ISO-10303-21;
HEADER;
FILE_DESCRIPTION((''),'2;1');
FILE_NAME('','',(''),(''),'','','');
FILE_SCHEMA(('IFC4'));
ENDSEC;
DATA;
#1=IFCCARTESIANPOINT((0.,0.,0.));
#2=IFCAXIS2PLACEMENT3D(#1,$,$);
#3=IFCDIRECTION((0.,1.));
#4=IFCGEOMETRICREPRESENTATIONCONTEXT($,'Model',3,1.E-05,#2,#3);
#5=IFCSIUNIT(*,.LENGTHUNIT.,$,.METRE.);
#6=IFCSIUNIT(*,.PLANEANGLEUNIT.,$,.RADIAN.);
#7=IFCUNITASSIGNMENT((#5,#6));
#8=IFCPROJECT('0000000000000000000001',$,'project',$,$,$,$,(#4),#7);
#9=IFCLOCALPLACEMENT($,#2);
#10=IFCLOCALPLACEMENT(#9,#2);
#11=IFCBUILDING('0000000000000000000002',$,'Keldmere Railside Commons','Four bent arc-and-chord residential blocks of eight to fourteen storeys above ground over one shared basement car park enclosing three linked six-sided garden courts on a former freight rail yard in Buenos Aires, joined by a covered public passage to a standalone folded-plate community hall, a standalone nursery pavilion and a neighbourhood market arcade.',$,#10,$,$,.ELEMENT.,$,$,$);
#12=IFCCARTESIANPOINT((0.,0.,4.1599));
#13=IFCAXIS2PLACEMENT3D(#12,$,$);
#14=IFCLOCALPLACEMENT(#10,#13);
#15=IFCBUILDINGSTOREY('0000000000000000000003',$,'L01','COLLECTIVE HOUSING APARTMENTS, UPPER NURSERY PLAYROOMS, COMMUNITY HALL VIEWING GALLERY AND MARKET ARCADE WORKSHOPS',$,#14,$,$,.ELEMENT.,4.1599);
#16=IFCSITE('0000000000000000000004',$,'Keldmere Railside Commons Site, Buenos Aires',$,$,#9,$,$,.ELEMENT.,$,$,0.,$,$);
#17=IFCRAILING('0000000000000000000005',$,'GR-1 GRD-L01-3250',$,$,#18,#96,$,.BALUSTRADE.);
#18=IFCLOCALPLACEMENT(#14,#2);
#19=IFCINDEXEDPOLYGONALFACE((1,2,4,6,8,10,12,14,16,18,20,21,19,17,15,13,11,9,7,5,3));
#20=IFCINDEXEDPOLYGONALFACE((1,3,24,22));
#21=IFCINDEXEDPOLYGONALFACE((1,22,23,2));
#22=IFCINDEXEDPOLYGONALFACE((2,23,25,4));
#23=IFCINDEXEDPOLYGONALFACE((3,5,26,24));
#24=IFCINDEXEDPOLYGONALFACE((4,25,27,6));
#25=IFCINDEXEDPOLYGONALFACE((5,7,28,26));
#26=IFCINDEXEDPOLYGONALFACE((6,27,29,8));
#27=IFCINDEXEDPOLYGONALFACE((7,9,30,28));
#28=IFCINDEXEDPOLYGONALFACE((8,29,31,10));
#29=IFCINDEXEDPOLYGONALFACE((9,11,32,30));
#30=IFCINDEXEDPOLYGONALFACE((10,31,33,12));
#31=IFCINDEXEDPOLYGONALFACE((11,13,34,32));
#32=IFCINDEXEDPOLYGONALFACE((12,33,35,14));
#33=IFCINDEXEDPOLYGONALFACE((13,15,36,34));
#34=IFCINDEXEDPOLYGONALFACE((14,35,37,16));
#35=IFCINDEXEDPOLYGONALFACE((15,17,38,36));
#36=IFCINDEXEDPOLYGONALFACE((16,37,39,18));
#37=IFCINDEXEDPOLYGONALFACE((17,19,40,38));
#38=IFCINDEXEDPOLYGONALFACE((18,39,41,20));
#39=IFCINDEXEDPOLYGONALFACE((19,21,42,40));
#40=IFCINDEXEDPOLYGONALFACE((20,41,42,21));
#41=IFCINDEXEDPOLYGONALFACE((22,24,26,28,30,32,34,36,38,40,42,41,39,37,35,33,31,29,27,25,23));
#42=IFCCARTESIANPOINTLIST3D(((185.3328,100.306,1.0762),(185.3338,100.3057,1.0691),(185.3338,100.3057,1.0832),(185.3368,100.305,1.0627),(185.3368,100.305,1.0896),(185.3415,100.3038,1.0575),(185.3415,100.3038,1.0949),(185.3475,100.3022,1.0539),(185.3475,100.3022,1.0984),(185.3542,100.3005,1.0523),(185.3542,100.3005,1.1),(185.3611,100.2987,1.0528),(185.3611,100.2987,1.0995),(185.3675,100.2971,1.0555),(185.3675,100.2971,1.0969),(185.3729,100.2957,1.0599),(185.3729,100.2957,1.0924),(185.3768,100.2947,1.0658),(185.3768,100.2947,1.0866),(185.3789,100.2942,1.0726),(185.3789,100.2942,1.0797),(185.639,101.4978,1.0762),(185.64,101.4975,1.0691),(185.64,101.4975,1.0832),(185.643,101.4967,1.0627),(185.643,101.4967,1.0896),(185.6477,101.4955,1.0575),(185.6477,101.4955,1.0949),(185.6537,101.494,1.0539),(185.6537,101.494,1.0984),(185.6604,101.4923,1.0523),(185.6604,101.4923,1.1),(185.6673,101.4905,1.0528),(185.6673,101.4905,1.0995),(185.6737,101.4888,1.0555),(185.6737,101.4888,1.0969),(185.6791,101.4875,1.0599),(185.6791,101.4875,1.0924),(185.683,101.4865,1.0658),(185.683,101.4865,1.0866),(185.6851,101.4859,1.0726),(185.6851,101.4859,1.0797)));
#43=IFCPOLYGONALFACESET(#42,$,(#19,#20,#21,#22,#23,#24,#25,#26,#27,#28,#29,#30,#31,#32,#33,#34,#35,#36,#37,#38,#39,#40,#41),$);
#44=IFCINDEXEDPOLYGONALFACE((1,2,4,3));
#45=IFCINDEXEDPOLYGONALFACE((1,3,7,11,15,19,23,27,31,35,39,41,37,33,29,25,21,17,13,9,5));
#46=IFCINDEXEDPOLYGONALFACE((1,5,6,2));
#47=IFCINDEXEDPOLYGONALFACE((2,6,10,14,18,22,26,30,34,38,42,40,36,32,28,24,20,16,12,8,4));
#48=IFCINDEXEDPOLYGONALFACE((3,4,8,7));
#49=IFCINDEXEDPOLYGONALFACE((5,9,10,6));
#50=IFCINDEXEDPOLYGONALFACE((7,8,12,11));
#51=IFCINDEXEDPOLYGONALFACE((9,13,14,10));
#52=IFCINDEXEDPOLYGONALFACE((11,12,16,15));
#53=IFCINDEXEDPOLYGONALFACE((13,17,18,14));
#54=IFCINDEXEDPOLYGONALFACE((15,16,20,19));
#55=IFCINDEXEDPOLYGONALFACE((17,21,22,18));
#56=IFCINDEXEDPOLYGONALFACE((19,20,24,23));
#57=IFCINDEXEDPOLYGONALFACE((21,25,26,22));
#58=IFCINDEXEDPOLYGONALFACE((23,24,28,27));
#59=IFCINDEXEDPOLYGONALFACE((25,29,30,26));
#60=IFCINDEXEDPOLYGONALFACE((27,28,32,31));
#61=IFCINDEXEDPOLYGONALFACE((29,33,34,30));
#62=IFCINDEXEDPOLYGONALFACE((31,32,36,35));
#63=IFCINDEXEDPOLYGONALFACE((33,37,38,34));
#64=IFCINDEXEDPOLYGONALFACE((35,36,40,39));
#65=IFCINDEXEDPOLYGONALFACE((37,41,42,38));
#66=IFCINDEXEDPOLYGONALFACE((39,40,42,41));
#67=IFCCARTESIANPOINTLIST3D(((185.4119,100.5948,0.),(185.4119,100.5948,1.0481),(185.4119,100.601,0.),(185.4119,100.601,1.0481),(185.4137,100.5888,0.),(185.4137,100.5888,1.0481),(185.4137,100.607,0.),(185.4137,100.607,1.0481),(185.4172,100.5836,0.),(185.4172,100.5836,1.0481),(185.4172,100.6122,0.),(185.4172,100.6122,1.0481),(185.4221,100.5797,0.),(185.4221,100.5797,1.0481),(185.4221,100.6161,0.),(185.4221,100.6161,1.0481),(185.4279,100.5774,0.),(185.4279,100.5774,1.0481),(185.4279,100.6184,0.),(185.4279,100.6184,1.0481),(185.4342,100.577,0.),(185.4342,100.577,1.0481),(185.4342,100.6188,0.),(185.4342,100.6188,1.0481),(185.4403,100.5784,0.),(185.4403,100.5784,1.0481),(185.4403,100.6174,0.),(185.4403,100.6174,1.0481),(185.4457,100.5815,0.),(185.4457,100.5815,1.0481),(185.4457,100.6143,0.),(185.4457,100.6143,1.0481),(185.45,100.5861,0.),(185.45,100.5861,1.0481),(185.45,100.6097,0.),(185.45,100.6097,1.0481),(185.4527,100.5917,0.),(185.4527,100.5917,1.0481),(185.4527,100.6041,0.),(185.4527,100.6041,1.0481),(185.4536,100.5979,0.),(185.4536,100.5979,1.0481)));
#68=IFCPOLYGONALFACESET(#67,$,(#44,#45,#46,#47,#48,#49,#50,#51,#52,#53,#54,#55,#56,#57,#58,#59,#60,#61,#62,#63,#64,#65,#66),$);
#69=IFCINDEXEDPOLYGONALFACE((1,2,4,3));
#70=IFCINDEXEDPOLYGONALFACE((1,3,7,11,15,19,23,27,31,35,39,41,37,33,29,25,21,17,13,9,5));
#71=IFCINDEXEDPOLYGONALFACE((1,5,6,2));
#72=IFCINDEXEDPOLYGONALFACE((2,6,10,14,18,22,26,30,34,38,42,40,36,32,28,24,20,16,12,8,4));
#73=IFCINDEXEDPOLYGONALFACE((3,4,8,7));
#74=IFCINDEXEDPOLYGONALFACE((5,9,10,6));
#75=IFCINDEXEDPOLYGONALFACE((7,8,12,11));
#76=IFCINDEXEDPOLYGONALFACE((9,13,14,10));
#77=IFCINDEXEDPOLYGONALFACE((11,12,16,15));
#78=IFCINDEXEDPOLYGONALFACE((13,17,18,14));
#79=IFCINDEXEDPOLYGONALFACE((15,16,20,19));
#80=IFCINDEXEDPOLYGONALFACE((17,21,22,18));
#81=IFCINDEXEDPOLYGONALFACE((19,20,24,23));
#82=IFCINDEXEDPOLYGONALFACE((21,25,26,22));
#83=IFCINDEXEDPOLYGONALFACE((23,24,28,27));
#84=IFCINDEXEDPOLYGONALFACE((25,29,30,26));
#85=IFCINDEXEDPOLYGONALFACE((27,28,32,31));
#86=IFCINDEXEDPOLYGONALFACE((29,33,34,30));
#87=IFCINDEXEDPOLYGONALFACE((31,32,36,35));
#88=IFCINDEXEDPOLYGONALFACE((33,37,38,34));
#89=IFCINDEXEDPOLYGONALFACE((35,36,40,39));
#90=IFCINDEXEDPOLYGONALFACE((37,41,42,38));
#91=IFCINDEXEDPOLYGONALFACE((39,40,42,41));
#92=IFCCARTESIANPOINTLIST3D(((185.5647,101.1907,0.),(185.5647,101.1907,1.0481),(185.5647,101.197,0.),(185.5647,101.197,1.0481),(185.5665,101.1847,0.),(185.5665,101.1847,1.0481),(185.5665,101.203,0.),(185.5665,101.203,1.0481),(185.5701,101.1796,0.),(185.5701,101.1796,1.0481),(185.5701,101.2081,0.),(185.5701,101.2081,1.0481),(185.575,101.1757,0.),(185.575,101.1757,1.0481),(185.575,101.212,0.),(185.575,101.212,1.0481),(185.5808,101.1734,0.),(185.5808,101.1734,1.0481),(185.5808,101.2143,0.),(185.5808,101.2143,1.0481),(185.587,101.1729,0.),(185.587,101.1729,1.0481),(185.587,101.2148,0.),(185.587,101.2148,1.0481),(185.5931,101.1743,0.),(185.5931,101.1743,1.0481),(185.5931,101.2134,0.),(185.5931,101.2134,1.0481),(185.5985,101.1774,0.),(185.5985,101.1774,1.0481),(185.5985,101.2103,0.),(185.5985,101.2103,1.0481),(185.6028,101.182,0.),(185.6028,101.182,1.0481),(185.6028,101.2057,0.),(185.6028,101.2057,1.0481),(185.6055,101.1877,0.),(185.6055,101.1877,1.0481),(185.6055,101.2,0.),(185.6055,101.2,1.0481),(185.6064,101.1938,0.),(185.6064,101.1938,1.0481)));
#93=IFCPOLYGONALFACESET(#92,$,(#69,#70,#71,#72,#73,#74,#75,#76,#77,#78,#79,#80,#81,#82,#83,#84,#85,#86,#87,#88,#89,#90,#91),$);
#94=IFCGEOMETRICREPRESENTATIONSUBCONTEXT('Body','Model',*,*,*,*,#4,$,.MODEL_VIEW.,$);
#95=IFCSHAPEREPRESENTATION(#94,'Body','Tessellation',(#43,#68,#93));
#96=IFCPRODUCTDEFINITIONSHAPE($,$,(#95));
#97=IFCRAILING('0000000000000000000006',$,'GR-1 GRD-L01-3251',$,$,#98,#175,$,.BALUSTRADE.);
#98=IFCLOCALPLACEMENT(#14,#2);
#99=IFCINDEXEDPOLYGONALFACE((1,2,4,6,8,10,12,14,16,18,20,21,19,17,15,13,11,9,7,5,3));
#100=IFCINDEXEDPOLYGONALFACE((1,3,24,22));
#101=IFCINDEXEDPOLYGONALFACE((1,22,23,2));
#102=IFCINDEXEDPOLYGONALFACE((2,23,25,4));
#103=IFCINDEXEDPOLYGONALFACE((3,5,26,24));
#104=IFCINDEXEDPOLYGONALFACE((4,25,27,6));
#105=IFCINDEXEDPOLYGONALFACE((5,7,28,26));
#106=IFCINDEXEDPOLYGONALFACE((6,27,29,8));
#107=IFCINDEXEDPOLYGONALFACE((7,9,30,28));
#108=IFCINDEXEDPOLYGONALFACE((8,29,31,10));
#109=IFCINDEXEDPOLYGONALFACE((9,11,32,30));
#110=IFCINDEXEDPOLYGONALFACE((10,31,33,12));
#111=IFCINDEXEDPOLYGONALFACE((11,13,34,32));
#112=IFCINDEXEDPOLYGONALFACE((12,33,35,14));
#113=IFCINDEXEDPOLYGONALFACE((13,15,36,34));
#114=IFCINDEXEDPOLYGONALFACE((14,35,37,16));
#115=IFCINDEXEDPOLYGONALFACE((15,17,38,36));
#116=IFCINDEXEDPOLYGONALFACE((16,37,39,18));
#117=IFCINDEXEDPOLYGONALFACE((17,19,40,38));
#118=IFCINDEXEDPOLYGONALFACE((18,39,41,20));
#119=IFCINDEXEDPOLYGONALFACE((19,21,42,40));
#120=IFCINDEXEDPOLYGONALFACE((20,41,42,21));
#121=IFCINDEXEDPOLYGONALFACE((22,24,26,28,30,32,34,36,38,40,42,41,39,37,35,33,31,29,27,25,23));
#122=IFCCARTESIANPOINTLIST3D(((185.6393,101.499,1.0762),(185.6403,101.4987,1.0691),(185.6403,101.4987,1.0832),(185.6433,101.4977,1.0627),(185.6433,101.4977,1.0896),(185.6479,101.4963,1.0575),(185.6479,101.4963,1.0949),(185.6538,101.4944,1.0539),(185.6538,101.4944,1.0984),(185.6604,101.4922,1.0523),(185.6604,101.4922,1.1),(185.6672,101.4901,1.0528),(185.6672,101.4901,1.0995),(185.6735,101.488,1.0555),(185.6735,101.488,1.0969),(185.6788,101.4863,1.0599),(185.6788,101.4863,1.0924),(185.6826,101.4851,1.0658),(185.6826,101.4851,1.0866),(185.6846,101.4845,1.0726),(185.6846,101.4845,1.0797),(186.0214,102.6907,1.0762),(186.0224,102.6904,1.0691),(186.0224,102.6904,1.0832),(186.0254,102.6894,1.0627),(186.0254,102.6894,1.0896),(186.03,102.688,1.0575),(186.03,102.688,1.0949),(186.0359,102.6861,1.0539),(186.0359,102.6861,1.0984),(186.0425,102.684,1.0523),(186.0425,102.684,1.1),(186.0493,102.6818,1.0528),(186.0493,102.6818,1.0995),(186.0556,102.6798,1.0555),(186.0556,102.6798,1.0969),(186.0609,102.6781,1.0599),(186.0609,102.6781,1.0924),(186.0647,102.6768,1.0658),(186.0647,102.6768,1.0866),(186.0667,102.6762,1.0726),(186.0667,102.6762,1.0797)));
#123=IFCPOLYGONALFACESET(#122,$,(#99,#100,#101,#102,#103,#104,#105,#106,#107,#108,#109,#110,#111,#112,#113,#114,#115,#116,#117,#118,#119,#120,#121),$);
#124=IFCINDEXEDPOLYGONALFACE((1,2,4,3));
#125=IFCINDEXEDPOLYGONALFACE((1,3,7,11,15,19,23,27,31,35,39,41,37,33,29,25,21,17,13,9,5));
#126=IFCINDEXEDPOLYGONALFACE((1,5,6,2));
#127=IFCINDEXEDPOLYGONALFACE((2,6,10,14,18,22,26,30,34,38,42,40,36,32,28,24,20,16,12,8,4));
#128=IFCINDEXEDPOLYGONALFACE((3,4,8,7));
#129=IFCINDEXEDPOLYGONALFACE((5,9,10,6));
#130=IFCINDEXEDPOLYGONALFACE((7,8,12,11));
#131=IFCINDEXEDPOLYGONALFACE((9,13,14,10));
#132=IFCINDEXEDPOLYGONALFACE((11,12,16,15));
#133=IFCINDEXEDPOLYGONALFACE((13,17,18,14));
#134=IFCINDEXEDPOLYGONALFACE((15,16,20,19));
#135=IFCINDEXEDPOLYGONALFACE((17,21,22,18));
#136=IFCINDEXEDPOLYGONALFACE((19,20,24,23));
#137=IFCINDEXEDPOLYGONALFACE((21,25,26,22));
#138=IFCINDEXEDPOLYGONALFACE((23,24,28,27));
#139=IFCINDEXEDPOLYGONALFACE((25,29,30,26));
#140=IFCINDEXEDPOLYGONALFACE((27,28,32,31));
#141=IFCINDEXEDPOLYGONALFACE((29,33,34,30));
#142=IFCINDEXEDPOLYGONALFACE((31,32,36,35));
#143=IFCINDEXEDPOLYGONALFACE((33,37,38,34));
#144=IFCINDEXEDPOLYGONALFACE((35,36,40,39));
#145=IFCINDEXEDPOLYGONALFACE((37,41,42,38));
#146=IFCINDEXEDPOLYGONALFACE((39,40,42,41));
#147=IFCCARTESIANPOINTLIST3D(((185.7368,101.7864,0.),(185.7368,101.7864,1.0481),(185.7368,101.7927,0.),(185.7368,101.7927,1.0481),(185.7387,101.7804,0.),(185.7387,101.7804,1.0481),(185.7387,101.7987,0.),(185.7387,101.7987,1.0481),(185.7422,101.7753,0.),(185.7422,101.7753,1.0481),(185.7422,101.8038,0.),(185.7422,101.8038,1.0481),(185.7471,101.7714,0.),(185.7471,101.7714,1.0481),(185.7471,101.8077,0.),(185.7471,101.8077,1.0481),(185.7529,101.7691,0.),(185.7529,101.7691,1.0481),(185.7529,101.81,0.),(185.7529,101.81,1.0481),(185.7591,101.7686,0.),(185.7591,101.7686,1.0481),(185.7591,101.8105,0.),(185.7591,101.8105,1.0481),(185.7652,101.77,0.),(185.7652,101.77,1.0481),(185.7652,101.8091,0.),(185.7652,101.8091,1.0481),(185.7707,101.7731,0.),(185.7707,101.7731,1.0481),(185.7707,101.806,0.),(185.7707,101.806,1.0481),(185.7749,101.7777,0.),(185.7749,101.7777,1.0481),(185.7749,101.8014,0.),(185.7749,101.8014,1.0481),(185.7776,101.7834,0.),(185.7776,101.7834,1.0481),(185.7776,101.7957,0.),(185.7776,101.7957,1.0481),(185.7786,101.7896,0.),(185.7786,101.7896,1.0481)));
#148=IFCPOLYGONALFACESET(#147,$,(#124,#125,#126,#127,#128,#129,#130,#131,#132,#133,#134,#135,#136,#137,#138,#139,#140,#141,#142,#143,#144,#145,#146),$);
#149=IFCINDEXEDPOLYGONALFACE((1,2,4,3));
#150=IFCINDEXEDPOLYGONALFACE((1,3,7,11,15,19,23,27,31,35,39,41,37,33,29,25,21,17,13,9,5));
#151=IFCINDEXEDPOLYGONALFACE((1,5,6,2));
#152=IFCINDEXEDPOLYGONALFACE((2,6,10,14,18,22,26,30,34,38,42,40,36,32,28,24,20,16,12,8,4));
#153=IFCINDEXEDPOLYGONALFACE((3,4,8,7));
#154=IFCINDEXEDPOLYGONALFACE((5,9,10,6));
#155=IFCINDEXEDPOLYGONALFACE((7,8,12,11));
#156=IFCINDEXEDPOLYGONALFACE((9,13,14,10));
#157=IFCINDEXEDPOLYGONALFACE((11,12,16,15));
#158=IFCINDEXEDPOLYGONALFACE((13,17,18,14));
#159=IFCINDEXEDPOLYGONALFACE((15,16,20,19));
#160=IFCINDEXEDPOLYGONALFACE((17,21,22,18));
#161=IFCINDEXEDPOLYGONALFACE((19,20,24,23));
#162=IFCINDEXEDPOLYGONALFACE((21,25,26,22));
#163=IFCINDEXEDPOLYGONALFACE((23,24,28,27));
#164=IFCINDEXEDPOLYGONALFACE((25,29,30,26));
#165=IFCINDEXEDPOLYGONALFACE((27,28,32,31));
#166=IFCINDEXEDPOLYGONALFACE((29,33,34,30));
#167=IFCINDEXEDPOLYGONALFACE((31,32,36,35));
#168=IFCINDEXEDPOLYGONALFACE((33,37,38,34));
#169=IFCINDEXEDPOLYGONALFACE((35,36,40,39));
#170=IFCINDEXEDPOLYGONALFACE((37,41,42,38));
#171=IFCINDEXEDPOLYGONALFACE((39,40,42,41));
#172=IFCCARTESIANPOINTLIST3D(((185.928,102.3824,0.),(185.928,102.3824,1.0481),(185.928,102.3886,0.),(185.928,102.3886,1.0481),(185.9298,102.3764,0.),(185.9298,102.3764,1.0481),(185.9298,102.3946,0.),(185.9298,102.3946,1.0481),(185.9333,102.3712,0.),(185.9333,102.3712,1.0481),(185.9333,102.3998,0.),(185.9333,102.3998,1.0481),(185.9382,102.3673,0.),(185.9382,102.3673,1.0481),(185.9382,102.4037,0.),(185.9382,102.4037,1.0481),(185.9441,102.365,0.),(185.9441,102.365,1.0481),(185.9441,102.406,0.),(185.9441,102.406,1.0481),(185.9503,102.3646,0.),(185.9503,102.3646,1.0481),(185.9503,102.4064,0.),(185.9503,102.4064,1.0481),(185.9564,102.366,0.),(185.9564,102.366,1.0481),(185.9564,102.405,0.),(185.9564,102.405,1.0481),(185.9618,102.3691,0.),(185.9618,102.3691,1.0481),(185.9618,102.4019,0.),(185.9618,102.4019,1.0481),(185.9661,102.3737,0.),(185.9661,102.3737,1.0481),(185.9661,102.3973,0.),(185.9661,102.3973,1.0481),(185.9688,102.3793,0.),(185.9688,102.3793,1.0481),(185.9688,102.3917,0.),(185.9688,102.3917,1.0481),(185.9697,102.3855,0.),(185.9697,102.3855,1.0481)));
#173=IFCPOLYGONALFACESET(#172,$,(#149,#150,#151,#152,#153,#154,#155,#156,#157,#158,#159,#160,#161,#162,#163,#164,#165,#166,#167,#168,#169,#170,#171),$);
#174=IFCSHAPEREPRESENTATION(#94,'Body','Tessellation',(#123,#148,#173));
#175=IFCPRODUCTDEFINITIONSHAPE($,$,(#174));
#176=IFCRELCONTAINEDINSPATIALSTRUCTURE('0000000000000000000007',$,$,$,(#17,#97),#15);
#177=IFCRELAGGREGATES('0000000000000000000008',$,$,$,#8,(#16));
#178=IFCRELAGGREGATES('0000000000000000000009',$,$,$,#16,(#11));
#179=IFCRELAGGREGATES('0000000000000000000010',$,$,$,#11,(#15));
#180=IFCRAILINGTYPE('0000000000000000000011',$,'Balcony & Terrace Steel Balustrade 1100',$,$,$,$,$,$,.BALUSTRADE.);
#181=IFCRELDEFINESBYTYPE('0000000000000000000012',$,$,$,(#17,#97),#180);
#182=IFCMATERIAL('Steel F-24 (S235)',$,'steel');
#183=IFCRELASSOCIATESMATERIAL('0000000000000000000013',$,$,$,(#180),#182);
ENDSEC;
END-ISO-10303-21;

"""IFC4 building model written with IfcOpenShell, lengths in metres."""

from ifc_helpers import new_model, si_unit, direction, frame, origin, origin_2d, place, context, subcontext, project, spatial, circle, extrude, material, type_object, element, save


model = new_model("IFC4")

# Units and contexts
model_context = context("Model", 3, precision=1e-05, world=origin(), true_north=direction((0.0, 1.0)))
body_context = subcontext(model_context, "Body", "Model", "MODEL_VIEW")
ifc_project = project(units=[si_unit("LENGTHUNIT", "METRE"), si_unit("PLANEANGLEUNIT", "RADIAN")], contexts=[model_context])

# Site, building, storey
site_placement = place(None, origin())
site = spatial("IfcSite", under=ifc_project, at=site_placement, Name="Keldmere Railside Commons Site, Buenos Aires", CompositionType="ELEMENT", RefElevation=0.0)
building_placement = place(site_placement, origin())
building = spatial("IfcBuilding", under=site, at=building_placement, Name="Keldmere Railside Commons", Description="Four bent arc-and-chord residential blocks of eight to fourteen storeys above ground over one shared basement car park enclosing three linked six-sided garden courts on a former freight rail yard in Buenos Aires, joined by a covered public passage to a standalone folded-plate community hall, a standalone nursery pavilion and a neighbourhood market arcade.", CompositionType="ELEMENT")
storey_placement = place(building_placement, frame((0.0, 0.0, 4.1599)))
storey = spatial("IfcBuildingStorey", under=building, at=storey_placement, Name="L01", Description="COLLECTIVE HOUSING APARTMENTS, UPPER NURSERY PLAYROOMS, COMMUNITY HALL VIEWING GALLERY AND MARKET ARCADE WORKSHOPS", CompositionType="ELEMENT", Elevation=4.1599)

# Railings
ifc_material_1 = material(Name="Steel F-24 (S235)", Category="steel")
railing_type = type_object("IfcRailingType", Name="Balcony & Terrace Steel Balustrade 1100", PredefinedType="BALUSTRADE", material=ifc_material_1)
railing_1_placement = place(storey_placement, frame((185.356, 100.3, 0.0)))
element("IfcRailing", 1, at=railing_1_placement, inside=storey, type_object=railing_type, Name="GR-1 GRD-L01-3250", PredefinedType="BALUSTRADE", context=body_context, shape_type="SweptSolid", body=[
    extrude(circle(Radius=0.0239, at=origin_2d()), frame((0.0, 0.0, 1.0762), z_axis=(0.248834, 0.968546, 0.0), x_axis=(-0.968546, 0.248834, 0.0)), (0.0, 0.0, 1.0), 1.2305),
    extrude(circle(Radius=0.021, at=origin_2d()), frame((0.0767, 0.2979, 0.0)), (0.0, 0.0, 1.0), 1.0481),
    extrude(circle(Radius=0.021, at=origin_2d()), frame((0.2295, 0.8938, 0.0)), (0.0, 0.0, 1.0), 1.0481),
])
railing_2_placement = place(storey_placement, frame((185.6621, 101.4917, 0.0)))
element("IfcRailing", 2, at=railing_2_placement, inside=storey, type_object=railing_type, Name="GR-1 GRD-L01-3251", PredefinedType="BALUSTRADE", context=body_context, shape_type="SweptSolid", body=[
    extrude(circle(Radius=0.0239, at=origin_2d()), frame((0.0, 0.0, 1.0762), z_axis=(0.305321, 0.95225, 0.0), x_axis=(-0.95225, 0.305321, 0.0)), (0.0, 0.0, 1.0), 1.2515),
    extrude(circle(Radius=0.021, at=origin_2d()), frame((0.0955, 0.2979, 0.0)), (0.0, 0.0, 1.0), 1.0481),
    extrude(circle(Radius=0.021, at=origin_2d()), frame((0.2866, 0.8938, 0.0)), (0.0, 0.0, 1.0), 1.0481),
])

save(model, "model.ifc")
